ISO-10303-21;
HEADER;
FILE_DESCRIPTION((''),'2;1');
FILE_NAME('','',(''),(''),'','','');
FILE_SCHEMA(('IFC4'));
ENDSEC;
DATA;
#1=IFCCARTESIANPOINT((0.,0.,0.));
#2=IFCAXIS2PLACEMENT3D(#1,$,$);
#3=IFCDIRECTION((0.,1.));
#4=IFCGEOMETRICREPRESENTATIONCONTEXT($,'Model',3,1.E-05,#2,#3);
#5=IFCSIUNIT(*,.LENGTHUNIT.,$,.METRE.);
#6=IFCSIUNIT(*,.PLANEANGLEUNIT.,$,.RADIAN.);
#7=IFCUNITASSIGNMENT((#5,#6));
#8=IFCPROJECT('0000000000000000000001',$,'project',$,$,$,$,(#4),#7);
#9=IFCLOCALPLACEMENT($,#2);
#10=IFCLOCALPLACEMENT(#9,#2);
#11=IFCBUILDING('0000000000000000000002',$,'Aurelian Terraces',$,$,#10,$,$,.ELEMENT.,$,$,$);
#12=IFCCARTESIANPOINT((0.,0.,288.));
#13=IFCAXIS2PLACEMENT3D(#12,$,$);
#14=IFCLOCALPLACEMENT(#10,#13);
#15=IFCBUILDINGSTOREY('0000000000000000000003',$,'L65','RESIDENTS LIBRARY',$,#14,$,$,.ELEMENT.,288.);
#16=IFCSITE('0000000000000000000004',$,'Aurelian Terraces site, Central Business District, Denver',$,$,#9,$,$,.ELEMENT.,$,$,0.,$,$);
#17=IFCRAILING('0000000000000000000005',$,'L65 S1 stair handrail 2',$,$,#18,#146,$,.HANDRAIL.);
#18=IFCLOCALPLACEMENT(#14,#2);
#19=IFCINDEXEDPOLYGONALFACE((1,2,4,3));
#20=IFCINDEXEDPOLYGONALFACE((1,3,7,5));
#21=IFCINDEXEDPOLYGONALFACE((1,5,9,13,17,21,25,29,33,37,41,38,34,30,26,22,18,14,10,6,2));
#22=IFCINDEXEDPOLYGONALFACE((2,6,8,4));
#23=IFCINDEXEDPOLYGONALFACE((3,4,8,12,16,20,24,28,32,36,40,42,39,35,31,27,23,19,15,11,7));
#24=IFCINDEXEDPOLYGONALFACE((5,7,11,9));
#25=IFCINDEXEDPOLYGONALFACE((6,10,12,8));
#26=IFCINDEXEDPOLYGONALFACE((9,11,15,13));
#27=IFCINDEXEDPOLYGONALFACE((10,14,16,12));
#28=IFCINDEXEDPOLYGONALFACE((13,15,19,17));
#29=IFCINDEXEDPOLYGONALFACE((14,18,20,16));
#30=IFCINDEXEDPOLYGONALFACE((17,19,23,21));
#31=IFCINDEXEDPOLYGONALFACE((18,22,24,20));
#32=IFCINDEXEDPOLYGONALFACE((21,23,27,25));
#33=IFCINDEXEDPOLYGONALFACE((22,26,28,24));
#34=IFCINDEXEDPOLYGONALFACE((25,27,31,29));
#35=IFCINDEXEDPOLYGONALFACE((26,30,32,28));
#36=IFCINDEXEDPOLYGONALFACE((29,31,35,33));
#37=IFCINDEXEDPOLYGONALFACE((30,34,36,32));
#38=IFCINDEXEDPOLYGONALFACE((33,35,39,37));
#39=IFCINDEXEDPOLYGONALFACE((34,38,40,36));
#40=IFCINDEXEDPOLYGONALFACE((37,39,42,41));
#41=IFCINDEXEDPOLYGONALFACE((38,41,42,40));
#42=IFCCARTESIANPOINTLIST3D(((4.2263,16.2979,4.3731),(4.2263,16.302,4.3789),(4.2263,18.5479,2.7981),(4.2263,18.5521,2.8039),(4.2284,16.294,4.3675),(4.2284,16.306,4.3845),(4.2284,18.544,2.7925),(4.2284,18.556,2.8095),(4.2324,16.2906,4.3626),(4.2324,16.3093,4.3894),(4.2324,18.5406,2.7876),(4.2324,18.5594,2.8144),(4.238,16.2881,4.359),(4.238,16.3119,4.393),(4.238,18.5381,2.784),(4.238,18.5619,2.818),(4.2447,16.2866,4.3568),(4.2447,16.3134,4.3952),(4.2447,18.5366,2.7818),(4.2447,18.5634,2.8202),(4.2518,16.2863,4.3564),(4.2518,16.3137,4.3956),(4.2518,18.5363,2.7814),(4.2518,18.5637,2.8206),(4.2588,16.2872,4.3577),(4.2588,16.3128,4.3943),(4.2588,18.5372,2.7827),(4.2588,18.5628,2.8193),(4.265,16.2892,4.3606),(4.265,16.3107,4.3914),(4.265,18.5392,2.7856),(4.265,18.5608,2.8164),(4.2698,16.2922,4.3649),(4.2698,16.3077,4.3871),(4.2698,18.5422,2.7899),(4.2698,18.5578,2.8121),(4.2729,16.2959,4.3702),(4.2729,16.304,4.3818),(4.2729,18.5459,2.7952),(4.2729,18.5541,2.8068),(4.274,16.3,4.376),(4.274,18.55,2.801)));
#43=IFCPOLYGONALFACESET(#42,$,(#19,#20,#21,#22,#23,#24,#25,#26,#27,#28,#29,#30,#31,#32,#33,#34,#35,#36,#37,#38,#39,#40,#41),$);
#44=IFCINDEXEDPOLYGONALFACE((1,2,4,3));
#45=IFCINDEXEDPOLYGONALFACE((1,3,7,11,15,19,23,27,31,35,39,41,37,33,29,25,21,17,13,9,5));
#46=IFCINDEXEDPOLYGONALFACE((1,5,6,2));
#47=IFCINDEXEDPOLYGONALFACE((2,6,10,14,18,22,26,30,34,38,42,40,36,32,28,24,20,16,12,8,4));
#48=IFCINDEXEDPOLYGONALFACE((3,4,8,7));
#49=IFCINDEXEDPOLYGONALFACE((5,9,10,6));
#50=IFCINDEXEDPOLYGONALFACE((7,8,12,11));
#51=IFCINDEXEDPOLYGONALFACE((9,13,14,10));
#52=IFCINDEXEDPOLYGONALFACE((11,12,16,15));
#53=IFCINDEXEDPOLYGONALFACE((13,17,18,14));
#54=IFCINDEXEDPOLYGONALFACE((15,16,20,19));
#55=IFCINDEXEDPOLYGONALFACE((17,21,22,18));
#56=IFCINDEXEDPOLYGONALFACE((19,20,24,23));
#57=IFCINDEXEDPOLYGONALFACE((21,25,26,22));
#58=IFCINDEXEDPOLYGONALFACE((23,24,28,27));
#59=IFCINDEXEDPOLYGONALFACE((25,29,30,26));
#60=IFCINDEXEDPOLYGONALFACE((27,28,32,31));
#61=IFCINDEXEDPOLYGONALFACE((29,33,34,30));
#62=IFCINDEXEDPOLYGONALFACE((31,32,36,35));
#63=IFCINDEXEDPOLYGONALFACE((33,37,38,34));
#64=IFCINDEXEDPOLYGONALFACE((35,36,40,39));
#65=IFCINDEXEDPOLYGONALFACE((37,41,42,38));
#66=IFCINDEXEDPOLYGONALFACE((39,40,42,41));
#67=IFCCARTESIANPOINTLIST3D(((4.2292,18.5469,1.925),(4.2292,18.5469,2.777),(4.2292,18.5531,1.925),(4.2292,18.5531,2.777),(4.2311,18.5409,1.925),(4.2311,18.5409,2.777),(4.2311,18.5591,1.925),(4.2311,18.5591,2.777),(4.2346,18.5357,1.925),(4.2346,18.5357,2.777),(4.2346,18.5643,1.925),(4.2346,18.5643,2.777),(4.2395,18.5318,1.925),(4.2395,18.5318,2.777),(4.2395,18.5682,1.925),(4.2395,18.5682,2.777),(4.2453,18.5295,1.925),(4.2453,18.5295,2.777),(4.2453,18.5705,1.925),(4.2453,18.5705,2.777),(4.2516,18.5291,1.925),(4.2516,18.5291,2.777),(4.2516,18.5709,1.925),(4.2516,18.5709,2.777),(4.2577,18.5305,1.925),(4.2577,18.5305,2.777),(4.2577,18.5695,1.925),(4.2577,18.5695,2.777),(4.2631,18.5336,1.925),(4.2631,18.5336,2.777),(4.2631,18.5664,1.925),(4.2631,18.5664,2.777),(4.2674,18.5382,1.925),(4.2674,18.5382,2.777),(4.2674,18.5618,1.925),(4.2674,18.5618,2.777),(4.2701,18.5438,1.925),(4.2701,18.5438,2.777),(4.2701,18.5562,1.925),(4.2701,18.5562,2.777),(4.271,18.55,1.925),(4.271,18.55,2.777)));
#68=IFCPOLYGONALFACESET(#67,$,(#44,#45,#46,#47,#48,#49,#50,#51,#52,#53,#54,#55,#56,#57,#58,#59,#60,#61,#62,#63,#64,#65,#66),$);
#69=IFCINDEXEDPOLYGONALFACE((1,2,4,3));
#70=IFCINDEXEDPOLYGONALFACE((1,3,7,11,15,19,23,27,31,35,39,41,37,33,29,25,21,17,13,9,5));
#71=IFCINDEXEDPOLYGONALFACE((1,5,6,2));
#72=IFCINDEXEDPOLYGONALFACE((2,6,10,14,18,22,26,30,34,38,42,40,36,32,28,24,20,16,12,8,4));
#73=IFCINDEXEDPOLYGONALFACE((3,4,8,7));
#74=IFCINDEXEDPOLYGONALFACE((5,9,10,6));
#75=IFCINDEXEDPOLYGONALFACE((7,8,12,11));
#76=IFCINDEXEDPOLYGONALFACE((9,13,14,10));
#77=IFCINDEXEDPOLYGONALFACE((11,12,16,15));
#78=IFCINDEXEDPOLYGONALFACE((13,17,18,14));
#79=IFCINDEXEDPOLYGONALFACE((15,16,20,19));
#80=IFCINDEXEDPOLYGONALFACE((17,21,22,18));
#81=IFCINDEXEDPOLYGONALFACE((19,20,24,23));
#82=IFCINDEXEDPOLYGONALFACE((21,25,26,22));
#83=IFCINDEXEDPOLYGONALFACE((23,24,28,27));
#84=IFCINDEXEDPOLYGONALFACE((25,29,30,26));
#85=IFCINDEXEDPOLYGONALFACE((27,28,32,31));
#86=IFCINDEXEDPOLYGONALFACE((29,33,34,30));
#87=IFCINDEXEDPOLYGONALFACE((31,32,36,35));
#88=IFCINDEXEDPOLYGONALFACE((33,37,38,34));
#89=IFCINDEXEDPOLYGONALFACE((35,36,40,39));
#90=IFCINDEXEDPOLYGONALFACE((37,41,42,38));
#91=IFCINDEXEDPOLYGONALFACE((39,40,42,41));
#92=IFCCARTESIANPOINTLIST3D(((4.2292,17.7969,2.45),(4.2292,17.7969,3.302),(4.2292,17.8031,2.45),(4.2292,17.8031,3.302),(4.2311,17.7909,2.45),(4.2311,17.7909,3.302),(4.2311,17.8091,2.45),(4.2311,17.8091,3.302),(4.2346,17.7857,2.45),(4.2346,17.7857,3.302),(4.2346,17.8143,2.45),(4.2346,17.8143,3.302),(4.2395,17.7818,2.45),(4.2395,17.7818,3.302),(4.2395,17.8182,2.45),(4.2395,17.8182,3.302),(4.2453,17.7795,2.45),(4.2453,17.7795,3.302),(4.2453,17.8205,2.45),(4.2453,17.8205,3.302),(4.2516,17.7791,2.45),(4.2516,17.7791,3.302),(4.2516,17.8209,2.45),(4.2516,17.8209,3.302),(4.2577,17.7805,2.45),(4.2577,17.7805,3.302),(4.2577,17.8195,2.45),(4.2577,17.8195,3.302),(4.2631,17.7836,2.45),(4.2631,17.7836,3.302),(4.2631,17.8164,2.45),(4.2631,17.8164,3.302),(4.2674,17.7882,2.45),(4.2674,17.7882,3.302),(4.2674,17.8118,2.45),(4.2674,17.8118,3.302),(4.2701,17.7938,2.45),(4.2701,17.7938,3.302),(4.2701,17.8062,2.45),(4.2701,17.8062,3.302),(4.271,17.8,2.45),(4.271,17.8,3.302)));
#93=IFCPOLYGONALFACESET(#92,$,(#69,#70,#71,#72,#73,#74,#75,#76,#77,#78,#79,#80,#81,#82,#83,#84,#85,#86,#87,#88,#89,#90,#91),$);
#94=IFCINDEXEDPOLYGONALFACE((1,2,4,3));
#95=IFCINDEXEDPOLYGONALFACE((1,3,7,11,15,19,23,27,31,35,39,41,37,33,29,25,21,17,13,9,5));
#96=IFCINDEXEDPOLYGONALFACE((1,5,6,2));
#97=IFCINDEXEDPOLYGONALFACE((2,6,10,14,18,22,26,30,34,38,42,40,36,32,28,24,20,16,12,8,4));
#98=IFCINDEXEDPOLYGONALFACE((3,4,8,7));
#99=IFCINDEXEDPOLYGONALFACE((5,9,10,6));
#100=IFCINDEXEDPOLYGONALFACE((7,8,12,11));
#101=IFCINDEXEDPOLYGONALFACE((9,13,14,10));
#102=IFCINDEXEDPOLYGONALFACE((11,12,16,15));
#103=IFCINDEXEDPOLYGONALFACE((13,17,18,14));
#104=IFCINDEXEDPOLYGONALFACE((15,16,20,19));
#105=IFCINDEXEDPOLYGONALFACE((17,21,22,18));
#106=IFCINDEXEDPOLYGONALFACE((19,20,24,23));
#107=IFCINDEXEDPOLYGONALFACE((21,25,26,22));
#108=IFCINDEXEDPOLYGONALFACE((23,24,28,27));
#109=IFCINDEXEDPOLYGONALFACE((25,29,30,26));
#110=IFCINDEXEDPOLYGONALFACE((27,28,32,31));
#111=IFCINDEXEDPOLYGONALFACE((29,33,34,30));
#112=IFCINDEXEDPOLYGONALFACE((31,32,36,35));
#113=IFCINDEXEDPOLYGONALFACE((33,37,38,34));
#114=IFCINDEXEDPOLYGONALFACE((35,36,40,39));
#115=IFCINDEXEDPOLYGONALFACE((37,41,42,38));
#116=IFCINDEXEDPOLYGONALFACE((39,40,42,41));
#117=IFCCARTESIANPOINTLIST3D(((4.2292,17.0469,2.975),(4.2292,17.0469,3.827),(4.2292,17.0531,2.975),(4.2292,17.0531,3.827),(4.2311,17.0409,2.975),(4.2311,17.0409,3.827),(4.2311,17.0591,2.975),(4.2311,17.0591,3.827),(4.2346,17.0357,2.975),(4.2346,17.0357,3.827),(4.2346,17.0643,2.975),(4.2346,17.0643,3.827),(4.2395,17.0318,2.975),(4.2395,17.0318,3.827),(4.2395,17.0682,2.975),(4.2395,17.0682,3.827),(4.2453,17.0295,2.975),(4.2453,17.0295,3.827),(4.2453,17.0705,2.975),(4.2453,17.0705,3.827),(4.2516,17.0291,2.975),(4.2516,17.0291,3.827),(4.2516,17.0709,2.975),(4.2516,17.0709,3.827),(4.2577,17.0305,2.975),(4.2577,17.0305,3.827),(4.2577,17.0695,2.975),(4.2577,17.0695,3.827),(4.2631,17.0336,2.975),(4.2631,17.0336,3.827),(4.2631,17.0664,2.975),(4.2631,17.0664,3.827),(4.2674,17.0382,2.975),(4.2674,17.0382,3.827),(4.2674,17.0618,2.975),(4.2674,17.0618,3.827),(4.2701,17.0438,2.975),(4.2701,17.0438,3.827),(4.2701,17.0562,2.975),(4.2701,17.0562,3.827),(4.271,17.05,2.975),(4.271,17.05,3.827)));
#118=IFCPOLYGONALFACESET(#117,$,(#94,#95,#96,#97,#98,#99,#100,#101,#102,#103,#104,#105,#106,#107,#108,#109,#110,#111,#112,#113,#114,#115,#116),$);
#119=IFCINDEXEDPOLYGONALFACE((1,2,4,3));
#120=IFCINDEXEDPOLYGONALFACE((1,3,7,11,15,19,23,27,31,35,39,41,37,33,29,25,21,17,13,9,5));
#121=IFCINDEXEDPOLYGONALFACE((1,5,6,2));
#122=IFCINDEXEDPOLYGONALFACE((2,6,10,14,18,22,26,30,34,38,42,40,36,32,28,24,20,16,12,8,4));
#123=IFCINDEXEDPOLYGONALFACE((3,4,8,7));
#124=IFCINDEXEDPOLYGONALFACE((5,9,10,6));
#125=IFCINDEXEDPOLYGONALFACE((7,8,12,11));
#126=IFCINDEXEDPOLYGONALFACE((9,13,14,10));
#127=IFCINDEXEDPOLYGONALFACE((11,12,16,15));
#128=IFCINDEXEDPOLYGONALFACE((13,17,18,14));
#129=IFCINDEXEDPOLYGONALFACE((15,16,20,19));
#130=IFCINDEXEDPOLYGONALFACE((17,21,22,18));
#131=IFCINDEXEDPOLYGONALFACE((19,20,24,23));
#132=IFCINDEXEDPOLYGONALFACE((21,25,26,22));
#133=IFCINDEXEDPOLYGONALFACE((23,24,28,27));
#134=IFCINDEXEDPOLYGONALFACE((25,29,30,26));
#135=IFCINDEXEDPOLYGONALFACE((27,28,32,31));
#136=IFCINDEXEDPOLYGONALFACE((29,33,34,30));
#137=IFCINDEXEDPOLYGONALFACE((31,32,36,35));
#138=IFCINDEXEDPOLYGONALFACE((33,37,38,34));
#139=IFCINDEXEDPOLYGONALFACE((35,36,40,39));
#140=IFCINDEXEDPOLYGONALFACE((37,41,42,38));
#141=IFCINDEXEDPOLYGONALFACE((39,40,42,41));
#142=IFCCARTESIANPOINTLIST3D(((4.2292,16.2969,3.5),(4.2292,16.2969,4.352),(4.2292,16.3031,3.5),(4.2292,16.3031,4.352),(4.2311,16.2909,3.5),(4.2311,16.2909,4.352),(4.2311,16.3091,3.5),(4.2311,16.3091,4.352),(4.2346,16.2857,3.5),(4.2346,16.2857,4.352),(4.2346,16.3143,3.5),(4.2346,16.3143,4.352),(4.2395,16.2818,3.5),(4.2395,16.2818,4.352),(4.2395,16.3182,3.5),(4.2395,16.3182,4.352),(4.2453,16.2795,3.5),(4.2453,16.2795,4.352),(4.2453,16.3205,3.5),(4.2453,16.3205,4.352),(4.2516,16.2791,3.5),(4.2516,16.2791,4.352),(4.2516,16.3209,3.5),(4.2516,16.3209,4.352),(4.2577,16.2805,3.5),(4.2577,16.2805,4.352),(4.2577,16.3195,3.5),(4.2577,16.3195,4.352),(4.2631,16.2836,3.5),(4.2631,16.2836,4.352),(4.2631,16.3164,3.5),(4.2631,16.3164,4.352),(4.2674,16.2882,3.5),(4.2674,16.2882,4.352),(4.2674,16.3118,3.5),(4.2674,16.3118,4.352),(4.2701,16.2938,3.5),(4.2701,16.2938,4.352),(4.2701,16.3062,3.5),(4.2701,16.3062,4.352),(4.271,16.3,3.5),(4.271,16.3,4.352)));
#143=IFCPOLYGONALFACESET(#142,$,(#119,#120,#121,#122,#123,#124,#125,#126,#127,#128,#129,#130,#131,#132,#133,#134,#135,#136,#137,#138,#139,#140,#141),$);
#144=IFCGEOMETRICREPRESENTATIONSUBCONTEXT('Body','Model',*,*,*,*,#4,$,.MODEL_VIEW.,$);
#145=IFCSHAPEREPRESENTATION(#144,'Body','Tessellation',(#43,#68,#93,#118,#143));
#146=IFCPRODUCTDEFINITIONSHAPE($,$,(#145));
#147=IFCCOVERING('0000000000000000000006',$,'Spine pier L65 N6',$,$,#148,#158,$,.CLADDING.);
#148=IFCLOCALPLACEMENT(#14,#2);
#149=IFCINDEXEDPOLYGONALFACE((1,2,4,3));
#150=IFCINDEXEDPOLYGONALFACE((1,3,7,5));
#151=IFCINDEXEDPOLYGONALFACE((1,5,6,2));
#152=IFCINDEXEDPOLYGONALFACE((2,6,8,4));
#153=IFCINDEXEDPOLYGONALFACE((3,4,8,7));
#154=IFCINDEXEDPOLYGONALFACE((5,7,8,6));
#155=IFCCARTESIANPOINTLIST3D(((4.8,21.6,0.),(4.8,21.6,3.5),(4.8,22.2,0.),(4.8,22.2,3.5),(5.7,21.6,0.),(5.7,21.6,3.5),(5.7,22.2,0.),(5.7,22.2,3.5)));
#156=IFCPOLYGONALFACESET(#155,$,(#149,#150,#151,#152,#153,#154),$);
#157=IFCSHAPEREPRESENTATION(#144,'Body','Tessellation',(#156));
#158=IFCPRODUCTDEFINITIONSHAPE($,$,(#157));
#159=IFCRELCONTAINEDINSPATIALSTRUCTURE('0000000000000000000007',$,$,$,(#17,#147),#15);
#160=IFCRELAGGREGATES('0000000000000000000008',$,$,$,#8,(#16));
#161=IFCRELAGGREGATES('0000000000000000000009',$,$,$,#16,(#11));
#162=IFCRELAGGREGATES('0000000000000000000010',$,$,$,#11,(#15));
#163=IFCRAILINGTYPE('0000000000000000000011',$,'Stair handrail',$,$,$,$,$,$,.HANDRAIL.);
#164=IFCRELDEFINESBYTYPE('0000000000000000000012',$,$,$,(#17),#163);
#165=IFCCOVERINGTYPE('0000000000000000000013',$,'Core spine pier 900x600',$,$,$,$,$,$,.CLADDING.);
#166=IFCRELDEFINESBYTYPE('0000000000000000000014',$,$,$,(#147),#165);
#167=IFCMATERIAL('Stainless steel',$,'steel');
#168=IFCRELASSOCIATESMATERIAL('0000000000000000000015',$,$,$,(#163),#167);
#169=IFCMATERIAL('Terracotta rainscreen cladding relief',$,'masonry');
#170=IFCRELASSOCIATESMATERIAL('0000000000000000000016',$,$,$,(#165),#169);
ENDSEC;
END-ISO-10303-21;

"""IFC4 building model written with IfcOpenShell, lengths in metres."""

from ifc_helpers import new_model, si_unit, direction, frame, origin, origin_2d, place, context, subcontext, project, spatial, rectangle, circle, extrude, source, transform, mapped, material, type_object, element, save


model = new_model("IFC4")

# Units and contexts
model_context = context("Model", 3, precision=1e-05, world=origin(), true_north=direction((0.0, 1.0)))
body_context = subcontext(model_context, "Body", "Model", "MODEL_VIEW")
ifc_project = project(units=[si_unit("LENGTHUNIT", "METRE"), si_unit("PLANEANGLEUNIT", "RADIAN")], contexts=[model_context])

# Site, building, storey
site_placement = place(None, origin())
site = spatial("IfcSite", under=ifc_project, at=site_placement, Name="Aurelian Terraces site, Central Business District, Denver", CompositionType="ELEMENT", RefElevation=0.0)
building_placement = place(site_placement, origin())
building = spatial("IfcBuilding", under=site, at=building_placement, Name="Aurelian Terraces", CompositionType="ELEMENT")
storey_placement = place(building_placement, frame((0.0, 0.0, 288.0)))
storey = spatial("IfcBuildingStorey", under=building, at=storey_placement, Name="L65", Description="RESIDENTS LIBRARY", CompositionType="ELEMENT", Elevation=288.0)

# Railing
ifc_material_1 = material(Name="Stainless steel", Category="steel")
railing_type_1 = type_object("IfcRailingType", Name="Stair handrail", PredefinedType="HANDRAIL", material=ifc_material_1)
shared_shape_1 = source(origin(), body_context, "Body", "SweptSolid", [
    extrude(circle(Radius=0.024, at=origin_2d()), frame((0.0, 0.0, 0.876), z_axis=(0.0, -0.819232, 0.573462), x_axis=(1.0, 0.0, 0.0)), (0.0, 0.0, 1.0), 2.7465),
    extrude(circle(Radius=0.021, at=origin_2d()), origin(), (0.0, 0.0, 1.0), 0.852),
    extrude(circle(Radius=0.021, at=origin_2d()), frame((0.0, -0.75, 0.525)), (0.0, 0.0, 1.0), 0.852),
    extrude(circle(Radius=0.021, at=origin_2d()), frame((0.0, -1.5, 1.05)), (0.0, 0.0, 1.0), 0.852),
    extrude(circle(Radius=0.021, at=origin_2d()), frame((0.0, -2.25, 1.575)), (0.0, 0.0, 1.0), 0.852),
])
railing_1_placement = place(storey_placement, frame((4.25, 18.55, 1.925)))
element("IfcRailing", 1, at=railing_1_placement, inside=storey, type_object=railing_type_1, Name="L65 S1 stair handrail 2", PredefinedType="HANDRAIL", context=body_context, shape_type="MappedRepresentation", body=[
    mapped(shared_shape_1, transform((0.0, 0.0, 0.0), scale=1.0)),
])

# Covering
ifc_material_2 = material(Name="Terracotta rainscreen cladding relief", Category="masonry")
covering_type_1 = type_object("IfcCoveringType", Name="Core spine pier 900x600", PredefinedType="CLADDING", material=ifc_material_2)
shared_shape_2 = source(origin(), body_context, "Body", "SweptSolid", [
    extrude(rectangle(XDim=0.9, YDim=0.6, at=origin_2d()), origin(), (0.0, 0.0, 1.0), 3.5),
])
covering_1_placement = place(storey_placement, frame((5.25, 21.9, 0.0), z_axis=(0.0, 0.0, 1.0), x_axis=(1.0, 0.0, 0.0)))
element("IfcCovering", 2, at=covering_1_placement, inside=storey, type_object=covering_type_1, Name="Spine pier L65 N6", PredefinedType="CLADDING", context=body_context, shape_type="MappedRepresentation", body=[
    mapped(shared_shape_2, transform((0.0, 0.0, 0.0), scale=1.0)),
])

save(model, "model.ifc")
